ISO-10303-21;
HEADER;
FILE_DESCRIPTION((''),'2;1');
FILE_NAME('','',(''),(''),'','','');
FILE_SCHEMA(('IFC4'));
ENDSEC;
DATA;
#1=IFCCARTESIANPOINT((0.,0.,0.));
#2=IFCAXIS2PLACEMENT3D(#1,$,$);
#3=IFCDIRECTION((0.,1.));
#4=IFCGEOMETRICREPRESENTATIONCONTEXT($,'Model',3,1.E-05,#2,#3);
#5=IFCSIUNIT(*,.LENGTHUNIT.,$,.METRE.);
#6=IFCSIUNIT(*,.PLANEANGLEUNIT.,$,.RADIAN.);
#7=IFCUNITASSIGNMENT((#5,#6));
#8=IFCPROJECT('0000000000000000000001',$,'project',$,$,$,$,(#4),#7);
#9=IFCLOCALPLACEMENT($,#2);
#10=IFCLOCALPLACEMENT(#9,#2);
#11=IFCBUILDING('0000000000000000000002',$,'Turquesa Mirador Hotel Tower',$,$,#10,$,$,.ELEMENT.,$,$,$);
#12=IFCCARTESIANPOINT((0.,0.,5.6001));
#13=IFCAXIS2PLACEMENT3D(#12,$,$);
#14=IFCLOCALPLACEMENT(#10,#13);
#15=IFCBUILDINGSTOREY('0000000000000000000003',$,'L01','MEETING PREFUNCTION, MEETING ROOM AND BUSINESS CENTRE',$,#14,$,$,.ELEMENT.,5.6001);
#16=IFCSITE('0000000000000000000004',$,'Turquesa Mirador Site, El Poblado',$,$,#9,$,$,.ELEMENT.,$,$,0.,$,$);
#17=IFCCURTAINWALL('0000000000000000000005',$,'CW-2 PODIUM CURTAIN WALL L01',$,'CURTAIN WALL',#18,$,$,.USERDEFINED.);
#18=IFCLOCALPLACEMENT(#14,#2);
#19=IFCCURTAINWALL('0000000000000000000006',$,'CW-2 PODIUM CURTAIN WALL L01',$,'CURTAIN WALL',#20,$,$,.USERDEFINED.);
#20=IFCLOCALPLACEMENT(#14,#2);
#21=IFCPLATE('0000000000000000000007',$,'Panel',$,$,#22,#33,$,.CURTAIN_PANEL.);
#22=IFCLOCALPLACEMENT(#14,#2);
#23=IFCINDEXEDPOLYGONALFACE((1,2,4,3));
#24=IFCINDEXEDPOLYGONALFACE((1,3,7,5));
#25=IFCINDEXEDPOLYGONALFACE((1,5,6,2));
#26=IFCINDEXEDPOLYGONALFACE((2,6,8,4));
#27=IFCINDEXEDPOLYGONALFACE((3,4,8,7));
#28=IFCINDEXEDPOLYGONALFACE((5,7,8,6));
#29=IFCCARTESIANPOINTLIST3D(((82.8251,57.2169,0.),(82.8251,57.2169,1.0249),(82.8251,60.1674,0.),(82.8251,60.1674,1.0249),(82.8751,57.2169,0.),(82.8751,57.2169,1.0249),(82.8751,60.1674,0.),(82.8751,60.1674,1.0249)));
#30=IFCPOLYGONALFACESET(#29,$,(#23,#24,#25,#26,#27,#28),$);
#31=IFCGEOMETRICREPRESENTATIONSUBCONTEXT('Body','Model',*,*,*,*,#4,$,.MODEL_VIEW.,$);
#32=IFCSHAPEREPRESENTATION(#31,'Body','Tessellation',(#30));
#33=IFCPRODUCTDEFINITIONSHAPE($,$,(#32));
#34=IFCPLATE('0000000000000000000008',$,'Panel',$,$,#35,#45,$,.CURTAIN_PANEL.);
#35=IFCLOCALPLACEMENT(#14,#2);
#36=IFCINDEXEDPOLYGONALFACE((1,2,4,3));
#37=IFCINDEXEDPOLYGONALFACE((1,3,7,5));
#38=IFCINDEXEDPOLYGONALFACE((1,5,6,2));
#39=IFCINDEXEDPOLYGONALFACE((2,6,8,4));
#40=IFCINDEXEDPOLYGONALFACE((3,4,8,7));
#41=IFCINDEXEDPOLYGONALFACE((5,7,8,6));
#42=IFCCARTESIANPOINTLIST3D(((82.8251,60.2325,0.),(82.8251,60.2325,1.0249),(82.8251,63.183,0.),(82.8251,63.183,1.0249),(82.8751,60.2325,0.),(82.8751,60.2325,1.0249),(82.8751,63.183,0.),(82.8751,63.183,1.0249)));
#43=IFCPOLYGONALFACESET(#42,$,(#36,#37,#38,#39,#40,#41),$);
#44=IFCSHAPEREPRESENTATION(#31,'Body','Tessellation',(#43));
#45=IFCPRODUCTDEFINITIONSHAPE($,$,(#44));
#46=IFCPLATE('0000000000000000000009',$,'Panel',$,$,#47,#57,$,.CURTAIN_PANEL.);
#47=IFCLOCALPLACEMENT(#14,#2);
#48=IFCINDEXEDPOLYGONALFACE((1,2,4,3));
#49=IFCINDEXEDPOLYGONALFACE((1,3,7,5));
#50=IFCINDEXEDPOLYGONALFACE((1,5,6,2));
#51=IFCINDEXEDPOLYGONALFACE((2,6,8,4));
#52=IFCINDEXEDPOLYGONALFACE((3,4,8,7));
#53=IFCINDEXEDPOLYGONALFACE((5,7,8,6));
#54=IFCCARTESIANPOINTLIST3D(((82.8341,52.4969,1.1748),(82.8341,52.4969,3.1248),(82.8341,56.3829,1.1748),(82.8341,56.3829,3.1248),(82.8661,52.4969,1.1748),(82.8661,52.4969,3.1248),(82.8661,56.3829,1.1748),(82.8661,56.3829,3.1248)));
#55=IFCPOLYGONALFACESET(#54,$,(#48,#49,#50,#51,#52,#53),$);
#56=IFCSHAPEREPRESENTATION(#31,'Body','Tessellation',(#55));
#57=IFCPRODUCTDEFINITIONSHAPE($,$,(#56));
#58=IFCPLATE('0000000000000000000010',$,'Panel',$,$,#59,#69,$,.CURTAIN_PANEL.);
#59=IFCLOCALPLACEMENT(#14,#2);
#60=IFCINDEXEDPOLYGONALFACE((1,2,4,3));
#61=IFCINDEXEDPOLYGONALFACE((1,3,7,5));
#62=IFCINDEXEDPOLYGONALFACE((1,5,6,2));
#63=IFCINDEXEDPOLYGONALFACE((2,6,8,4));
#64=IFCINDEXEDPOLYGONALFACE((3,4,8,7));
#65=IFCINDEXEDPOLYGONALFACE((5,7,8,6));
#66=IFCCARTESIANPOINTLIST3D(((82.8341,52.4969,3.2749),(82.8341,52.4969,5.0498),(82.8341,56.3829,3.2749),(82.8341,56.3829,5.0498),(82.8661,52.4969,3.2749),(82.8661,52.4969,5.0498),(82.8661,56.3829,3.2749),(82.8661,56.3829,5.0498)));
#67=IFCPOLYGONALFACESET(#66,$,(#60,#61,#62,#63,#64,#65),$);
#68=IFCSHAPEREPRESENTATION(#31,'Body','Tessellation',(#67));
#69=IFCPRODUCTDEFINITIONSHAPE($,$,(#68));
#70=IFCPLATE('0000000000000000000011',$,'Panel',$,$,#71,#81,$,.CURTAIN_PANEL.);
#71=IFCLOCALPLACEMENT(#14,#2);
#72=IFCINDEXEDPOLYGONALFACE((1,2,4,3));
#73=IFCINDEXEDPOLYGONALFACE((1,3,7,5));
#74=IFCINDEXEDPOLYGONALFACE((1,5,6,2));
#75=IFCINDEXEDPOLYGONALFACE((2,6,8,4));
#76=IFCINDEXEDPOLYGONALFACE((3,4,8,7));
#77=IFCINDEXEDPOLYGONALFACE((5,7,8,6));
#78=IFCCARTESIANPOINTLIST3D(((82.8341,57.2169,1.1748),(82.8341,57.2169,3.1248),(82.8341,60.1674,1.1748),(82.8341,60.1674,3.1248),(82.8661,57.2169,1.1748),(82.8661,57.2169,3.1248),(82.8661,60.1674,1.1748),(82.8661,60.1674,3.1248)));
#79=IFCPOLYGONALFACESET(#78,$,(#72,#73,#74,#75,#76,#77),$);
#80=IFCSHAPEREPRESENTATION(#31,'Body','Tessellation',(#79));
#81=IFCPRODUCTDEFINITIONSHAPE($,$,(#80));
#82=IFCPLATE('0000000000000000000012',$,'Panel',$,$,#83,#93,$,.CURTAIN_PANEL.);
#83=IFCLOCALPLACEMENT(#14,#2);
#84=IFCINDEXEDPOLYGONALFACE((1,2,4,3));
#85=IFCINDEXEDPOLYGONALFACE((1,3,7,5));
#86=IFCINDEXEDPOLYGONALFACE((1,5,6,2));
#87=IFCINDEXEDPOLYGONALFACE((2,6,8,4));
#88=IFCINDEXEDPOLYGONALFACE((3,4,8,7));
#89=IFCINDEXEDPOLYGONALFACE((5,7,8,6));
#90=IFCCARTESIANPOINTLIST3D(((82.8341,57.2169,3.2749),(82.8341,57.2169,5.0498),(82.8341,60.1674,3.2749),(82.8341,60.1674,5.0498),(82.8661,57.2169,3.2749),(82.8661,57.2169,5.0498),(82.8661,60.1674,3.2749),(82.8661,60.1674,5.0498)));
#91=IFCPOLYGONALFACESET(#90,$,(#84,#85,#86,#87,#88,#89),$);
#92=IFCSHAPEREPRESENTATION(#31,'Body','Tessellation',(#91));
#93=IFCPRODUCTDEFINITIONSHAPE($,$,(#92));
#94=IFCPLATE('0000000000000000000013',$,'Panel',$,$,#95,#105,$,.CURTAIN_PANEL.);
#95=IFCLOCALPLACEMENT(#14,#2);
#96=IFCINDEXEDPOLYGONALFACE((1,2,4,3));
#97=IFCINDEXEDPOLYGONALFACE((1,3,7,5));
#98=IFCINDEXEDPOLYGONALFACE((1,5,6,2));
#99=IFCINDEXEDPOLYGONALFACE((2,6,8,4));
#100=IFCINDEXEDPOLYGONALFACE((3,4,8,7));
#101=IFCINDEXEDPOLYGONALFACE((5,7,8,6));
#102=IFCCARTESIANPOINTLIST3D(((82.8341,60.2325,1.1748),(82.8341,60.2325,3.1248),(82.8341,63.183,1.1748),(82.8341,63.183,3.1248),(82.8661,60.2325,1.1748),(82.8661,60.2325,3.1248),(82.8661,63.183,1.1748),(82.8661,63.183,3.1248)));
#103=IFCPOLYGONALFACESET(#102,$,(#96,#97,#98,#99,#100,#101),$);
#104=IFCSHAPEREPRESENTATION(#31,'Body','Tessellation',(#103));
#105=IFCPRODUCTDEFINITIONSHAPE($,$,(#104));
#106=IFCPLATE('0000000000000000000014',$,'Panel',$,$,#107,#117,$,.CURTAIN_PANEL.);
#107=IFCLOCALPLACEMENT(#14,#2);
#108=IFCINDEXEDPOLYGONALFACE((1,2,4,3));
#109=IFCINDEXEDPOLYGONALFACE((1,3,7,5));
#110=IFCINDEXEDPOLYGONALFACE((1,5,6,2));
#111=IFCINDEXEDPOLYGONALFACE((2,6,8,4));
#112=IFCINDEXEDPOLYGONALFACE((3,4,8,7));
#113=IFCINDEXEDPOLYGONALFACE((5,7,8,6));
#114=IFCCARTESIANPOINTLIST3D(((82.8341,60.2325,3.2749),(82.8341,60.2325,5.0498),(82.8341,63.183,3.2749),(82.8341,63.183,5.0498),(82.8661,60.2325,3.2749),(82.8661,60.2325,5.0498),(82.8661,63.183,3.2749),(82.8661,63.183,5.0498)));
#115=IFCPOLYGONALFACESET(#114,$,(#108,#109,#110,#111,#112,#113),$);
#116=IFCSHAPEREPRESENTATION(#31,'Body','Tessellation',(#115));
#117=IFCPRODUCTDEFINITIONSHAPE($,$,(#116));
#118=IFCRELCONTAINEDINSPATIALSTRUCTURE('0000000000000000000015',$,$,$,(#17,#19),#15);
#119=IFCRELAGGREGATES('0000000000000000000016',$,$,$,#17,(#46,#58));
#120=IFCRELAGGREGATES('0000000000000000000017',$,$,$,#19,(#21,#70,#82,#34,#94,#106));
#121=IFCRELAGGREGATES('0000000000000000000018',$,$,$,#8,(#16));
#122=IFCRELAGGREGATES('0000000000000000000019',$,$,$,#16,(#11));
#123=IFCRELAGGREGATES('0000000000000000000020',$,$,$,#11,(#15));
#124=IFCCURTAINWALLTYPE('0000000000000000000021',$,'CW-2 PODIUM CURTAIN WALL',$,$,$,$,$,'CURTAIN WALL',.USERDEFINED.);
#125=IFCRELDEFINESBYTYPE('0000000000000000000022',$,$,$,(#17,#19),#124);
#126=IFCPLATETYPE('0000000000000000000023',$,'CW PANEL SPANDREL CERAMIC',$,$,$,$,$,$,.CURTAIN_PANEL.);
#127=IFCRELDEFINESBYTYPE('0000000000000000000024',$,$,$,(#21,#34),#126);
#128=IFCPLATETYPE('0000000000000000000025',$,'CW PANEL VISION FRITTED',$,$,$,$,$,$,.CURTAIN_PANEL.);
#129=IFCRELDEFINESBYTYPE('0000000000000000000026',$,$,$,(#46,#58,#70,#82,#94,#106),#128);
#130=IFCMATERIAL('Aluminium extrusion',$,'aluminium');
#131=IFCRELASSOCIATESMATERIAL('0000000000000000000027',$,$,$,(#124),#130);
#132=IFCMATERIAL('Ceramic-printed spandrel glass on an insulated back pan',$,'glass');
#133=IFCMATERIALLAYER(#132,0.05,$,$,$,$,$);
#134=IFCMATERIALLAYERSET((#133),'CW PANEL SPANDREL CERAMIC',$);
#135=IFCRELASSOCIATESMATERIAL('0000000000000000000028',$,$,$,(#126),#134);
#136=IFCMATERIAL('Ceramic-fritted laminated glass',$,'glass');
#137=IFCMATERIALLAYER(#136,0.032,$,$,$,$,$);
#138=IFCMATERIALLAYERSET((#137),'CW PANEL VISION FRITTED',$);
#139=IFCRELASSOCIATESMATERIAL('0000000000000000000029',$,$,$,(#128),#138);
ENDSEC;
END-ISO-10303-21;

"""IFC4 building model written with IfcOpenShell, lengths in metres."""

from ifc_helpers import new_model, si_unit, direction, frame, origin, origin_2d, place, context, subcontext, project, spatial, rectangle, extrude, material, layer, layer_set, type_object, element, aggregate, save


model = new_model("IFC4")

# Units and contexts
model_context = context("Model", 3, precision=1e-05, world=origin(), true_north=direction((0.0, 1.0)))
body_context = subcontext(model_context, "Body", "Model", "MODEL_VIEW")
ifc_project = project(units=[si_unit("LENGTHUNIT", "METRE"), si_unit("PLANEANGLEUNIT", "RADIAN")], contexts=[model_context])

# Site, building, storey
site_placement = place(None, origin())
site = spatial("IfcSite", under=ifc_project, at=site_placement, Name="Turquesa Mirador Site, El Poblado", CompositionType="ELEMENT", RefElevation=0.0)
building_placement = place(site_placement, origin())
building = spatial("IfcBuilding", under=site, at=building_placement, Name="Turquesa Mirador Hotel Tower", CompositionType="ELEMENT")
storey_placement = place(building_placement, frame((0.0, 0.0, 5.6001)))
storey = spatial("IfcBuildingStorey", under=building, at=storey_placement, Name="L01", Description="MEETING PREFUNCTION, MEETING ROOM AND BUSINESS CENTRE", CompositionType="ELEMENT", Elevation=5.6001)

# Curtain wall
ifc_material_1 = material(Name="Aluminium extrusion", Category="aluminium")
curtain_wall_type = type_object("IfcCurtainWallType", Name="CW-2 PODIUM CURTAIN WALL", ElementType="CURTAIN WALL", PredefinedType="USERDEFINED", material=ifc_material_1)
curtain_wall_1_placement = place(storey_placement, origin())
curtain_wall_1 = element("IfcCurtainWall", 1, at=curtain_wall_1_placement, inside=storey, type_object=curtain_wall_type, Name="CW-2 PODIUM CURTAIN WALL L01", ObjectType="CURTAIN WALL", PredefinedType="USERDEFINED")

# Curtain wall
curtain_wall_2_placement = place(storey_placement, origin())
curtain_wall_2 = element("IfcCurtainWall", 2, at=curtain_wall_2_placement, inside=storey, type_object=curtain_wall_type, Name="CW-2 PODIUM CURTAIN WALL L01", ObjectType="CURTAIN WALL", PredefinedType="USERDEFINED")

# Plates
ifc_material_2 = material(Name="Ceramic-printed spandrel glass on an insulated back pan", Category="glass")
ifc_layer_1 = layer(ifc_material_2, 0.05)
ifc_layer_set_1 = layer_set([ifc_layer_1], Name="CW PANEL SPANDREL CERAMIC")
plate_type_1 = type_object("IfcPlateType", Name="CW PANEL SPANDREL CERAMIC", PredefinedType="CURTAIN_PANEL", material=ifc_layer_set_1)
plate_1_placement = place(storey_placement, frame((82.8501, 58.6921, 0.0), z_axis=(0.0, 0.0, 1.0), x_axis=(0.0, 1.0, 0.0)))
plate_1 = element("IfcPlate", 3, at=plate_1_placement, type_object=plate_type_1, Name="Panel", PredefinedType="CURTAIN_PANEL", context=body_context, shape_type="SweptSolid", body=[
    extrude(rectangle(XDim=2.9504, YDim=0.05, at=origin_2d()), origin(), (0.0, 0.0, 1.0), 1.0249),
])
plate_2_placement = place(storey_placement, frame((82.8501, 61.7078, 0.0), z_axis=(0.0, 0.0, 1.0), x_axis=(0.0, 1.0, 0.0)))
plate_2 = element("IfcPlate", 4, at=plate_2_placement, type_object=plate_type_1, Name="Panel", PredefinedType="CURTAIN_PANEL", context=body_context, shape_type="SweptSolid", body=[
    extrude(rectangle(XDim=2.9504, YDim=0.05, at=origin_2d()), origin(), (0.0, 0.0, 1.0), 1.0249),
])
ifc_material_3 = material(Name="Ceramic-fritted laminated glass", Category="glass")
ifc_layer_2 = layer(ifc_material_3, 0.032)
ifc_layer_set_2 = layer_set([ifc_layer_2], Name="CW PANEL VISION FRITTED")
plate_type_2 = type_object("IfcPlateType", Name="CW PANEL VISION FRITTED", PredefinedType="CURTAIN_PANEL", material=ifc_layer_set_2)
plate_3_placement = place(storey_placement, frame((82.8501, 54.4399, 1.1748), z_axis=(0.0, 0.0, 1.0), x_axis=(0.0, 1.0, 0.0)))
plate_3 = element("IfcPlate", 5, at=plate_3_placement, type_object=plate_type_2, Name="Panel", PredefinedType="CURTAIN_PANEL", context=body_context, shape_type="SweptSolid", body=[
    extrude(rectangle(XDim=3.886, YDim=0.032, at=origin_2d()), origin(), (0.0, 0.0, 1.0), 1.95),
])
plate_4_placement = place(storey_placement, frame((82.8501, 54.4399, 3.2749), z_axis=(0.0, 0.0, 1.0), x_axis=(0.0, 1.0, 0.0)))
plate_4 = element("IfcPlate", 6, at=plate_4_placement, type_object=plate_type_2, Name="Panel", PredefinedType="CURTAIN_PANEL", context=body_context, shape_type="SweptSolid", body=[
    extrude(rectangle(XDim=3.886, YDim=0.032, at=origin_2d()), origin(), (0.0, 0.0, 1.0), 1.7749),
])
aggregate(curtain_wall_1, [plate_3, plate_4])
plate_5_placement = place(storey_placement, frame((82.8501, 58.6921, 1.1748), z_axis=(0.0, 0.0, 1.0), x_axis=(0.0, 1.0, 0.0)))
plate_5 = element("IfcPlate", 7, at=plate_5_placement, type_object=plate_type_2, Name="Panel", PredefinedType="CURTAIN_PANEL", context=body_context, shape_type="SweptSolid", body=[
    extrude(rectangle(XDim=2.9504, YDim=0.032, at=origin_2d()), origin(), (0.0, 0.0, 1.0), 1.95),
])
plate_6_placement = place(storey_placement, frame((82.8501, 58.6921, 3.2749), z_axis=(0.0, 0.0, 1.0), x_axis=(0.0, 1.0, 0.0)))
plate_6 = element("IfcPlate", 8, at=plate_6_placement, type_object=plate_type_2, Name="Panel", PredefinedType="CURTAIN_PANEL", context=body_context, shape_type="SweptSolid", body=[
    extrude(rectangle(XDim=2.9504, YDim=0.032, at=origin_2d()), origin(), (0.0, 0.0, 1.0), 1.7749),
])
plate_7_placement = place(storey_placement, frame((82.8501, 61.7078, 1.1748), z_axis=(0.0, 0.0, 1.0), x_axis=(0.0, 1.0, 0.0)))
plate_7 = element("IfcPlate", 9, at=plate_7_placement, type_object=plate_type_2, Name="Panel", PredefinedType="CURTAIN_PANEL", context=body_context, shape_type="SweptSolid", body=[
    extrude(rectangle(XDim=2.9504, YDim=0.032, at=origin_2d()), origin(), (0.0, 0.0, 1.0), 1.95),
])
plate_8_placement = place(storey_placement, frame((82.8501, 61.7078, 3.2749), z_axis=(0.0, 0.0, 1.0), x_axis=(0.0, 1.0, 0.0)))
plate_8 = element("IfcPlate", 10, at=plate_8_placement, type_object=plate_type_2, Name="Panel", PredefinedType="CURTAIN_PANEL", context=body_context, shape_type="SweptSolid", body=[
    extrude(rectangle(XDim=2.9504, YDim=0.032, at=origin_2d()), origin(), (0.0, 0.0, 1.0), 1.7749),
])
aggregate(curtain_wall_2, [plate_1, plate_5, plate_6, plate_2, plate_7, plate_8])

save(model, "model.ifc")
